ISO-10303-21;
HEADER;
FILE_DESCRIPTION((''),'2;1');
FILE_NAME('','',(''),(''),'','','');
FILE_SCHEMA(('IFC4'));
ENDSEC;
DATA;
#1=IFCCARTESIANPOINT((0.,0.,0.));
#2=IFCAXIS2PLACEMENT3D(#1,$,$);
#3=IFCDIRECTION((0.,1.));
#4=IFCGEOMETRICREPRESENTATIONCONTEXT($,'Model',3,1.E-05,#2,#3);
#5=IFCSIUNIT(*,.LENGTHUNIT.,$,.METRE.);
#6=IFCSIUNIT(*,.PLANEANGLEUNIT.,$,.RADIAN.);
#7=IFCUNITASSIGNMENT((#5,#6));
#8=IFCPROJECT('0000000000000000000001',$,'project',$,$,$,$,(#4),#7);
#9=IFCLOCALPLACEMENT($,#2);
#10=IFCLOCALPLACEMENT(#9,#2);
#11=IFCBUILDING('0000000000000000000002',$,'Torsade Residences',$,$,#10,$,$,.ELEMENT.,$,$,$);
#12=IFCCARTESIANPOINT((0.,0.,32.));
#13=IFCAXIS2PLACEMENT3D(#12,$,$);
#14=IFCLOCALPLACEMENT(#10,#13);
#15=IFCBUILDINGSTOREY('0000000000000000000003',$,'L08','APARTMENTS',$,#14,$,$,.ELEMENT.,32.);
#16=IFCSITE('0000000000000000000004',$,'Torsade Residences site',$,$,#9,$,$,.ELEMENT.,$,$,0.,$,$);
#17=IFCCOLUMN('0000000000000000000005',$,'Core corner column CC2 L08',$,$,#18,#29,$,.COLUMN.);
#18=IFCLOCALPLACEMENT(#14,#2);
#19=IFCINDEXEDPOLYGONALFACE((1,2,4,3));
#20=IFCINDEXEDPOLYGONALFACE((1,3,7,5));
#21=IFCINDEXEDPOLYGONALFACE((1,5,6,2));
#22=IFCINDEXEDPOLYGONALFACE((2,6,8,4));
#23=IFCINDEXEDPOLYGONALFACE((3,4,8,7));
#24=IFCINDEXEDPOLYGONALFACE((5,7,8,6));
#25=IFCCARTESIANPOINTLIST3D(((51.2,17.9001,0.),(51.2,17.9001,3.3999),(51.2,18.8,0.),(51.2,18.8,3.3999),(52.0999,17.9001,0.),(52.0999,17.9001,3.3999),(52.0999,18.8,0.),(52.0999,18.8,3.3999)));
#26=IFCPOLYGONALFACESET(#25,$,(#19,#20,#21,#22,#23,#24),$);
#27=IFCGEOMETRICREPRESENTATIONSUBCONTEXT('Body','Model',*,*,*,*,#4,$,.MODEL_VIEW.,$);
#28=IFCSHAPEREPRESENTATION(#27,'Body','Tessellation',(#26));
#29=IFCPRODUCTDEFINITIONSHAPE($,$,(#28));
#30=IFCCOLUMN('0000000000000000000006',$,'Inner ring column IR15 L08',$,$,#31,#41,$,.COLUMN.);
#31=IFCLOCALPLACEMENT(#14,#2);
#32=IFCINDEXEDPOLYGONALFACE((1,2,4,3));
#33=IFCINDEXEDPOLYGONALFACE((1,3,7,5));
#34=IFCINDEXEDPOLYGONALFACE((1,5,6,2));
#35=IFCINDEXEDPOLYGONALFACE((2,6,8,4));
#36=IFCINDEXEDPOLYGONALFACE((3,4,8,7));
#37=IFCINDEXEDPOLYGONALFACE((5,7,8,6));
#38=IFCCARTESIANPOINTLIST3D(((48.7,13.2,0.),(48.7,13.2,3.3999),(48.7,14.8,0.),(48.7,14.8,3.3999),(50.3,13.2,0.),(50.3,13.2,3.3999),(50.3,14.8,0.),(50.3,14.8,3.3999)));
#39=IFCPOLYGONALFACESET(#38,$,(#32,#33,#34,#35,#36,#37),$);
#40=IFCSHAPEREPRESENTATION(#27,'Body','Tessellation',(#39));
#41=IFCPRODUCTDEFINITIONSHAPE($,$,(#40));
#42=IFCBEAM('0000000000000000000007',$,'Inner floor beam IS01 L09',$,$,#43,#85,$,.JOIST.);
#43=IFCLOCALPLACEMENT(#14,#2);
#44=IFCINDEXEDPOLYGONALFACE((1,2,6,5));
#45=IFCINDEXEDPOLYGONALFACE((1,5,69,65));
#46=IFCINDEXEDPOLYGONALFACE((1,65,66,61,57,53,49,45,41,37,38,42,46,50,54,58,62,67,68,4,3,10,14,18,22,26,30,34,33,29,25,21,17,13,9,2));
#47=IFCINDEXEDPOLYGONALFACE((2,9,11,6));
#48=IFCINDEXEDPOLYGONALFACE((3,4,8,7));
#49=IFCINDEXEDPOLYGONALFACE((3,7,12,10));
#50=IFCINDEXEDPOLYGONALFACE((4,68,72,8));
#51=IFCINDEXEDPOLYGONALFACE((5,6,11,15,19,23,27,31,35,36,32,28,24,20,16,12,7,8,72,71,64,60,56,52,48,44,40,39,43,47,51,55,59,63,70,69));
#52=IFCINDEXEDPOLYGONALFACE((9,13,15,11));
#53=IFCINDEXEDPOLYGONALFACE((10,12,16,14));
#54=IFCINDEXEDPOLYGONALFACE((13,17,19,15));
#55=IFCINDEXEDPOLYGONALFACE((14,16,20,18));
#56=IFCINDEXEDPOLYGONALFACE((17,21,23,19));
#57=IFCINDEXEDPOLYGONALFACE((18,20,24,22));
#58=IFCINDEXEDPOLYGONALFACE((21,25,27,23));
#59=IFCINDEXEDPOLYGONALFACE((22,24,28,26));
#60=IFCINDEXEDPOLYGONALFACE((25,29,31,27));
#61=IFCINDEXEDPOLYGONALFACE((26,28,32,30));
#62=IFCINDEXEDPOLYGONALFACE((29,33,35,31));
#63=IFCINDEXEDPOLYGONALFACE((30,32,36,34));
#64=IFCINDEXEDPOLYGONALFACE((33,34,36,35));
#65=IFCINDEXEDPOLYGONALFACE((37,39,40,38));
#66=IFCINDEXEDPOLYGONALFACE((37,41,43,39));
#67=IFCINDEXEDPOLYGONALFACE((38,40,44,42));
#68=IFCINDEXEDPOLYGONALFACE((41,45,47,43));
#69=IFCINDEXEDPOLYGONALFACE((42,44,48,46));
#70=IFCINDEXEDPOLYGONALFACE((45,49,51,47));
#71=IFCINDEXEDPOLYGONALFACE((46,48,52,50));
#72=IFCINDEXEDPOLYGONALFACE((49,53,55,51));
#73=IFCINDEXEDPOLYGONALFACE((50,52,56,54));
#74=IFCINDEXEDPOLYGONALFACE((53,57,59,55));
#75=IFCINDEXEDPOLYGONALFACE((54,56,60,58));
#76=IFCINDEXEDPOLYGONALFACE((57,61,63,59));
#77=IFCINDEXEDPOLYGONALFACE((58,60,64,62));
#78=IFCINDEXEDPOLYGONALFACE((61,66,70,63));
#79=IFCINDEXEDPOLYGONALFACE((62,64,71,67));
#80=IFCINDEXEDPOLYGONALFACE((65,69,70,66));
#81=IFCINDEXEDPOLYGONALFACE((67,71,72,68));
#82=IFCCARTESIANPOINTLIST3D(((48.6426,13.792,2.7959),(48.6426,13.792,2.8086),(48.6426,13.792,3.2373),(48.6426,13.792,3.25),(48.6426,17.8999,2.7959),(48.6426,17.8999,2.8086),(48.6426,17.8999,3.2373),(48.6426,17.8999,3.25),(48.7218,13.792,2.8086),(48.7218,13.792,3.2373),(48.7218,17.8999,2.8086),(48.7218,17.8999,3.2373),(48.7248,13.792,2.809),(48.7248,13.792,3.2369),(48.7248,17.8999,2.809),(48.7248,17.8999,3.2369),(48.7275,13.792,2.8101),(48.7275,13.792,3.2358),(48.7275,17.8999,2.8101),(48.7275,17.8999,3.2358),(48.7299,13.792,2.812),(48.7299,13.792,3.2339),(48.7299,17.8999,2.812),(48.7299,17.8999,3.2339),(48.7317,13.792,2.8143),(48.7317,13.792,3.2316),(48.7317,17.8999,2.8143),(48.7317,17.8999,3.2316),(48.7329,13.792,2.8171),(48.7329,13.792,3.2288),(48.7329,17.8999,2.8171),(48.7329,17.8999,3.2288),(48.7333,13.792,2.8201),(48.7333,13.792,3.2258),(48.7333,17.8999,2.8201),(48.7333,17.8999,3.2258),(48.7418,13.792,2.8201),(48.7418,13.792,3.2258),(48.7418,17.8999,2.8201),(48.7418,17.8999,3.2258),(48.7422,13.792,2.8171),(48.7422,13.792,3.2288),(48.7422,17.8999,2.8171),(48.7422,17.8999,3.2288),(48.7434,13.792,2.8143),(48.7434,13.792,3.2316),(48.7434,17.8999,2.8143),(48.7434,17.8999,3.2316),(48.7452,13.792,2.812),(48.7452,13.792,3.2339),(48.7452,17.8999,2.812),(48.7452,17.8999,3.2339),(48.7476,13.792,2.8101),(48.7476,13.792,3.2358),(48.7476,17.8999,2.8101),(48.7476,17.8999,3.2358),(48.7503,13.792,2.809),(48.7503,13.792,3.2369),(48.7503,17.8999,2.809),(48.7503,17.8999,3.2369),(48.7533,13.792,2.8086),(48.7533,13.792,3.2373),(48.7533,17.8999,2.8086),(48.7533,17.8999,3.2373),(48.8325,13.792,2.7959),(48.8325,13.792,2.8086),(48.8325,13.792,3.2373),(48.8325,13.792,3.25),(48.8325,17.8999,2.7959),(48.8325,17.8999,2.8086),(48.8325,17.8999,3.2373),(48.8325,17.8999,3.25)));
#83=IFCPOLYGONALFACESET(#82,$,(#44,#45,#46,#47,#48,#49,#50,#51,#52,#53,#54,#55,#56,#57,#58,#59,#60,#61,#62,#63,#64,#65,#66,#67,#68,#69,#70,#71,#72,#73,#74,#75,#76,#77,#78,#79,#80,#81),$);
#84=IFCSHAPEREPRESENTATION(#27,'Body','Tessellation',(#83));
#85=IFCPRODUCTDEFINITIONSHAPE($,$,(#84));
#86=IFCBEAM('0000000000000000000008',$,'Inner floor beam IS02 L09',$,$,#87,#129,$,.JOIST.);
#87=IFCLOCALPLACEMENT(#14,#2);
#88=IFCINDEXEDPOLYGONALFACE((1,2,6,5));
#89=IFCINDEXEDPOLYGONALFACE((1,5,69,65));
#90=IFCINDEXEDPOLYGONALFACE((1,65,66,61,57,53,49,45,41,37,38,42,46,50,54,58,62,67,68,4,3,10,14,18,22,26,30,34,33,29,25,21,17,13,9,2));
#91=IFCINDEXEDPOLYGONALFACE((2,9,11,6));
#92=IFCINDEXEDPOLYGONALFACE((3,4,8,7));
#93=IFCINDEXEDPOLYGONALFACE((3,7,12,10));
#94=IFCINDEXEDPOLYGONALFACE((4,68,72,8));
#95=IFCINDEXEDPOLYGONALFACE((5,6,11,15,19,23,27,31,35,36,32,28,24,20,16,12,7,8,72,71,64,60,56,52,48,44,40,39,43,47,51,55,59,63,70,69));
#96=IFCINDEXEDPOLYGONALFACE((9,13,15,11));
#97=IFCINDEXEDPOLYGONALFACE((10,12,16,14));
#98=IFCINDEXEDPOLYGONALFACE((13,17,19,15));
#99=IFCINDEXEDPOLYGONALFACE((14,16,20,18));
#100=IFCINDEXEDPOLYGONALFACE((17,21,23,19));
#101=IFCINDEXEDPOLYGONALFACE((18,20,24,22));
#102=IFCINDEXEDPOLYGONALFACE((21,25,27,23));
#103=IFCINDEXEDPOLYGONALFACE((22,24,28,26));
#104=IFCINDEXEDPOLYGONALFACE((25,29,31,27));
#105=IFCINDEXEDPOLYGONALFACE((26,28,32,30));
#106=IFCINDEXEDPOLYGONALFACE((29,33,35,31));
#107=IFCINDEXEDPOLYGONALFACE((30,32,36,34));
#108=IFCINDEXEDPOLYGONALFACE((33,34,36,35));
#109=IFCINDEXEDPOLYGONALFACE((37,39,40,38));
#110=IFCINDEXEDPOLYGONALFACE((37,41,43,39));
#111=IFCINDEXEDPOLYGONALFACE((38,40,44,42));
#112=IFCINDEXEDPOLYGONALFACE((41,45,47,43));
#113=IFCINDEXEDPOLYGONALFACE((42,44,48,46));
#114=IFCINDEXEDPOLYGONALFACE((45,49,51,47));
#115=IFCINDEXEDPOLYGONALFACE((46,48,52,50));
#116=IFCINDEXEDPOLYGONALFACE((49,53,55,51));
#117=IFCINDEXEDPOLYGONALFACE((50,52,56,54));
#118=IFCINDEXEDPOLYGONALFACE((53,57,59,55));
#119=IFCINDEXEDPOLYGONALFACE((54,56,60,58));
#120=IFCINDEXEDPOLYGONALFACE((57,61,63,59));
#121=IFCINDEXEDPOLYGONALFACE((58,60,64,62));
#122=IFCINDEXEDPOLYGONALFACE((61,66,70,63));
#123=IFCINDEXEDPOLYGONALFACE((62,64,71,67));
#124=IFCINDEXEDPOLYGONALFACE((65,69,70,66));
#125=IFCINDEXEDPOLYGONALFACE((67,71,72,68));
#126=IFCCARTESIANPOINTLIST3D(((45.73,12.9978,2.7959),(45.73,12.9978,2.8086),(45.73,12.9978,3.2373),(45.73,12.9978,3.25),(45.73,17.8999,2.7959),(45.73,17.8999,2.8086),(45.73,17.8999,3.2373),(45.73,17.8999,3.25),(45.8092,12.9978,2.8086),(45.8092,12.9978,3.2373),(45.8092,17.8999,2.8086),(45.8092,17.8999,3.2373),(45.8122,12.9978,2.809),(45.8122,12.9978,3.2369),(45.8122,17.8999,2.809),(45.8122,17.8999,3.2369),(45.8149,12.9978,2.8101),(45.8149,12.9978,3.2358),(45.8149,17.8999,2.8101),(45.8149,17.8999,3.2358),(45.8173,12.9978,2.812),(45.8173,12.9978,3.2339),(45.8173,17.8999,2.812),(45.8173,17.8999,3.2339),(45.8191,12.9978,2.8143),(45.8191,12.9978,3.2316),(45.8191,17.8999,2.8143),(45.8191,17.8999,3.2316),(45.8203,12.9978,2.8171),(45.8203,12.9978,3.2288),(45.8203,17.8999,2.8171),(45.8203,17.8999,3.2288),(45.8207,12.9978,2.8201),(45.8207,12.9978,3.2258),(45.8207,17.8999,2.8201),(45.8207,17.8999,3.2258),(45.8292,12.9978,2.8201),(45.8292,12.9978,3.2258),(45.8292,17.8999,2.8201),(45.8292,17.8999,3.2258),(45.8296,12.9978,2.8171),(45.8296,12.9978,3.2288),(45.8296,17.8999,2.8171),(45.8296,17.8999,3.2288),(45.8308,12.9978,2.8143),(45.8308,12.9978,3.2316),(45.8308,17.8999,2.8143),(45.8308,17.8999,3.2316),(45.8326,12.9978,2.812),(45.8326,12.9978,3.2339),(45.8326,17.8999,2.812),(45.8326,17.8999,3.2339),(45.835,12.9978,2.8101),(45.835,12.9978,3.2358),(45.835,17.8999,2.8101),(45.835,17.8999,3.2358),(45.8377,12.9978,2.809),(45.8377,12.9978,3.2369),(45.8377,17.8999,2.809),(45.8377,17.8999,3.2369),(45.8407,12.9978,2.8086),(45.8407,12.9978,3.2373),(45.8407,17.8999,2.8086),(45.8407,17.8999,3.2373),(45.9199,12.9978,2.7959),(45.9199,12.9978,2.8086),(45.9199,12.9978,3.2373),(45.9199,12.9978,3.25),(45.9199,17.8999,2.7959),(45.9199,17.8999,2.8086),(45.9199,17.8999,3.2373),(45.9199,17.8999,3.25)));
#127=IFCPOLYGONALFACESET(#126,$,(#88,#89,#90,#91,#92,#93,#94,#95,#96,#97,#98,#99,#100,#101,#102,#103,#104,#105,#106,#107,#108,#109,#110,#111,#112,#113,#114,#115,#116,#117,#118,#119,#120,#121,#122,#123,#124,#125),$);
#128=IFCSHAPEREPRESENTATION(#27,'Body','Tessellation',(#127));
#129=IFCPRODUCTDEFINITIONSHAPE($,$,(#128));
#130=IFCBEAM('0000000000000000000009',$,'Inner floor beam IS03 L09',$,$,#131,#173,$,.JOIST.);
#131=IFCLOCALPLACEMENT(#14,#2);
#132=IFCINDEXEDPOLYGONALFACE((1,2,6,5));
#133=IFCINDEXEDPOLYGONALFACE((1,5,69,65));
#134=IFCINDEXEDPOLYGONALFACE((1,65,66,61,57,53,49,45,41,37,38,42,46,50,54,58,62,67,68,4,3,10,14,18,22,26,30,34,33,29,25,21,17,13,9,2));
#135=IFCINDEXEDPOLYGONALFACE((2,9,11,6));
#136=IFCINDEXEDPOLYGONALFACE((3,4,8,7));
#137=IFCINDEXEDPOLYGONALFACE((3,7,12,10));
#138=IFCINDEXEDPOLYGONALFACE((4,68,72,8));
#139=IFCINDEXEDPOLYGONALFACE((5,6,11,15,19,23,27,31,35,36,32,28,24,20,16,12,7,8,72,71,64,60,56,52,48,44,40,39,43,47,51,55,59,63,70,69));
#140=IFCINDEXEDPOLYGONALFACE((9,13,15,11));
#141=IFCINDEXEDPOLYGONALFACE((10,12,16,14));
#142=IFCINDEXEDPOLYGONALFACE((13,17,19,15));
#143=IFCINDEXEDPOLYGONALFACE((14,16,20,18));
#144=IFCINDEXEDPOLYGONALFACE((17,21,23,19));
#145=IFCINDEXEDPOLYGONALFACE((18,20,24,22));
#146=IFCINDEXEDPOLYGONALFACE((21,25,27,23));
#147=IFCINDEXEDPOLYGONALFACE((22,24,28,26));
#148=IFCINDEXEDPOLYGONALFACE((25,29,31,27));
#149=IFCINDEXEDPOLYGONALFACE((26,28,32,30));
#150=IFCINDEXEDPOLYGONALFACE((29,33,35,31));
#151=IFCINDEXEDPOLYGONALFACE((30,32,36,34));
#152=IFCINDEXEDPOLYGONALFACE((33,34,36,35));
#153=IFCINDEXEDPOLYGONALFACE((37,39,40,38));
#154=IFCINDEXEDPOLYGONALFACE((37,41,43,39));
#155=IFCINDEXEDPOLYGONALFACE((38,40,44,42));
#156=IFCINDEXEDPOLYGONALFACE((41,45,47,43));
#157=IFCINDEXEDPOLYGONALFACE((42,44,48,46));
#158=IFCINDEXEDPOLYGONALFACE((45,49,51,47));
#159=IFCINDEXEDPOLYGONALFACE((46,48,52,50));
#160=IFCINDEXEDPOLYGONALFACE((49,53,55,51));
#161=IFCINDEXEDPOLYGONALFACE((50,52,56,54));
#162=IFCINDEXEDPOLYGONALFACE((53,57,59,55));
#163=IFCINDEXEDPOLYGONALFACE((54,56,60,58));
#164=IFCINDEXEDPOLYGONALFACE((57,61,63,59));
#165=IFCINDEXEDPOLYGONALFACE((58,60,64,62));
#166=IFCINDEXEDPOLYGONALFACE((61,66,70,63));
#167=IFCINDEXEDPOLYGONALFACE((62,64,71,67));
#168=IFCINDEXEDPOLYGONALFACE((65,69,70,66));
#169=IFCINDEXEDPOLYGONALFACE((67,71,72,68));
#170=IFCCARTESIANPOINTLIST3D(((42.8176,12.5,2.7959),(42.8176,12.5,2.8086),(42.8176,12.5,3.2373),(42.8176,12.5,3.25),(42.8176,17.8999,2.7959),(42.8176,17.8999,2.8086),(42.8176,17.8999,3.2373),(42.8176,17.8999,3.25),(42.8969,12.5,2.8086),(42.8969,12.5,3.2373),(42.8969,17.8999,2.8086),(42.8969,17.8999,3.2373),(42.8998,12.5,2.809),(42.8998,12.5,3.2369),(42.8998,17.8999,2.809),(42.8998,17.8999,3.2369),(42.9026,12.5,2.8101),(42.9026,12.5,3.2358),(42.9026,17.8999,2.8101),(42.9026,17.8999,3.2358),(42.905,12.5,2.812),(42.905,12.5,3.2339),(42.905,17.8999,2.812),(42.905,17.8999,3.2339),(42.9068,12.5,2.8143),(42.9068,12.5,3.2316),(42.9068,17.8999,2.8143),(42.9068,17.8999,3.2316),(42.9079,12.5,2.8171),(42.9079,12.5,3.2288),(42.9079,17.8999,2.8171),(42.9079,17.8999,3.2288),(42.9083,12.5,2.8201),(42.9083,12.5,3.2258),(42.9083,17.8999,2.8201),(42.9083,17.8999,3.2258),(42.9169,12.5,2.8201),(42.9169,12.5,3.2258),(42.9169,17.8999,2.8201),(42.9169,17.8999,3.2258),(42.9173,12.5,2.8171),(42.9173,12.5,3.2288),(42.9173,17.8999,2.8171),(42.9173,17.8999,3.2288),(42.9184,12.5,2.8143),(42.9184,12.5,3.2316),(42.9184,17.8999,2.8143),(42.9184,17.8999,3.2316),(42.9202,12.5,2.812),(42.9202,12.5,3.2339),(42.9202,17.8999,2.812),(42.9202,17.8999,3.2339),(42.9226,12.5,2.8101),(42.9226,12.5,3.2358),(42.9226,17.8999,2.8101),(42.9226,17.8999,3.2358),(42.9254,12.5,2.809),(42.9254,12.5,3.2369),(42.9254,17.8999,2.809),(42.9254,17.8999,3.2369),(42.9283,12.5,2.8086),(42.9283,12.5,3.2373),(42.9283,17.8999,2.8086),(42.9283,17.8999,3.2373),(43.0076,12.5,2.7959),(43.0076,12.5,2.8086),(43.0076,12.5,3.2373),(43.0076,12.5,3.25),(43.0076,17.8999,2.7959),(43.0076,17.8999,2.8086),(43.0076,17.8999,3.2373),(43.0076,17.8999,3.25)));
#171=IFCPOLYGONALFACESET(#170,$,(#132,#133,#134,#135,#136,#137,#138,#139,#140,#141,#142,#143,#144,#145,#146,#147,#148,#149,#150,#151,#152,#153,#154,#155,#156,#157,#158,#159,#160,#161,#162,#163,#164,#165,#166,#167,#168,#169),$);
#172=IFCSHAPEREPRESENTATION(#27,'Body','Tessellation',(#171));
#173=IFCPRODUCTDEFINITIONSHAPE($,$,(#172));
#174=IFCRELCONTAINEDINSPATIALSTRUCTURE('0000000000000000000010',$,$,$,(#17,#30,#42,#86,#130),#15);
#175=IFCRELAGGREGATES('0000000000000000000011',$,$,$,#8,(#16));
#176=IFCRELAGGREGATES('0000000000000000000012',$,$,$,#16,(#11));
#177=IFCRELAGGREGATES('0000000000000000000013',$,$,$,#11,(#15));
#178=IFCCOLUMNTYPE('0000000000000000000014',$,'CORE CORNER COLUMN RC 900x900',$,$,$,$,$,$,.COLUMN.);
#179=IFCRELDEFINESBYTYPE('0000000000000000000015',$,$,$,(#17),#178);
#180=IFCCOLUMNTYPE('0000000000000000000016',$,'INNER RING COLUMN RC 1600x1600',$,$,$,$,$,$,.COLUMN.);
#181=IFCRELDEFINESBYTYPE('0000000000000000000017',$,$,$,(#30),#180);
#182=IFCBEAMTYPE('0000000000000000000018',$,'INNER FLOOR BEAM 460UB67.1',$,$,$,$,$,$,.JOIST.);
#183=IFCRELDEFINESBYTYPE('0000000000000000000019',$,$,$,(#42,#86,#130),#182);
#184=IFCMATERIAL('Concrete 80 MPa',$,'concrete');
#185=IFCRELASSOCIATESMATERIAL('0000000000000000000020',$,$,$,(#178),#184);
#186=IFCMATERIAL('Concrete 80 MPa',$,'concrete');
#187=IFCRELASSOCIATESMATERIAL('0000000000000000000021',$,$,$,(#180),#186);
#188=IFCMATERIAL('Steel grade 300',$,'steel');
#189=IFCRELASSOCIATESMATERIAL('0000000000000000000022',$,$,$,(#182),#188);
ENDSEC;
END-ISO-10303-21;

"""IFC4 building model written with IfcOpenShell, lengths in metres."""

from ifc_helpers import new_model, si_unit, direction, frame, origin, origin_2d, place, context, subcontext, project, spatial, rectangle, i_section, extrude, material, material_profile, profile_set, type_object, element, save


model = new_model("IFC4")

# Units and contexts
model_context = context("Model", 3, precision=1e-05, world=origin(), true_north=direction((0.0, 1.0)))
body_context = subcontext(model_context, "Body", "Model", "MODEL_VIEW")
ifc_project = project(units=[si_unit("LENGTHUNIT", "METRE"), si_unit("PLANEANGLEUNIT", "RADIAN")], contexts=[model_context])

# Site, building, storey
site_placement = place(None, origin())
site = spatial("IfcSite", under=ifc_project, at=site_placement, Name="Torsade Residences site", CompositionType="ELEMENT", RefElevation=0.0)
building_placement = place(site_placement, origin())
building = spatial("IfcBuilding", under=site, at=building_placement, Name="Torsade Residences", CompositionType="ELEMENT")
storey_placement = place(building_placement, frame((0.0, 0.0, 32.0)))
storey = spatial("IfcBuildingStorey", under=building, at=storey_placement, Name="L08", Description="APARTMENTS", CompositionType="ELEMENT", Elevation=32.0)

# Columns
ifc_material_1 = material(Name="Concrete 80 MPa", Category="concrete")
ifc_material_profile_1 = material_profile(ifc_material_1, rectangle(XDim=0.8999, YDim=0.8999, at=origin_2d()), Name="RC 900x900")
ifc_profile_set_1 = profile_set([ifc_material_profile_1], Name="Concrete 80 MPa")
column_type_1 = type_object("IfcColumnType", Name="CORE CORNER COLUMN RC 900x900", PredefinedType="COLUMN", material=ifc_profile_set_1)
column_1_placement = place(storey_placement, frame((51.6499, 18.3501, 0.0), z_axis=(0.0, 0.0, 1.0), x_axis=(1.0, 0.0, 0.0)))
element("IfcColumn", 1, at=column_1_placement, inside=storey, type_object=column_type_1, Name="Core corner column CC2 L08", PredefinedType="COLUMN", context=body_context, shape_type="SweptSolid", body=[
    extrude(rectangle(XDim=0.8999, YDim=0.8999, at=origin_2d()), origin(), (0.0, 0.0, 1.0), 3.3999),
])
ifc_material_2 = material(Name="Concrete 80 MPa", Category="concrete")
ifc_material_profile_2 = material_profile(ifc_material_2, rectangle(XDim=1.6001, YDim=1.6001, at=origin_2d()), Name="RC 1600x1600")
ifc_profile_set_2 = profile_set([ifc_material_profile_2], Name="Concrete 80 MPa")
column_type_2 = type_object("IfcColumnType", Name="INNER RING COLUMN RC 1600x1600", PredefinedType="COLUMN", material=ifc_profile_set_2)
column_2_placement = place(storey_placement, frame((49.5, 14.0, 0.0), z_axis=(0.0, 0.0, 1.0), x_axis=(1.0, 0.0, 0.0)))
element("IfcColumn", 2, at=column_2_placement, inside=storey, type_object=column_type_2, Name="Inner ring column IR15 L08", PredefinedType="COLUMN", context=body_context, shape_type="SweptSolid", body=[
    extrude(rectangle(XDim=1.6001, YDim=1.6001, at=origin_2d()), origin(), (0.0, 0.0, 1.0), 3.3999),
])

# Beams
ifc_material_3 = material(Name="Steel grade 300", Category="steel")
ifc_material_profile_3 = material_profile(ifc_material_3, i_section(OverallWidth=0.1899, OverallDepth=0.4541, WebThickness=0.0085, FlangeThickness=0.0127, FilletRadius=0.0115, at=origin_2d()), Name="460UB67.1")
ifc_profile_set_3 = profile_set([ifc_material_profile_3], Name="Steel grade 300")
beam_type_1 = type_object("IfcBeamType", Name="INNER FLOOR BEAM 460UB67.1", PredefinedType="JOIST", material=ifc_profile_set_3)
beam_1_placement = place(storey_placement, frame((48.7375, 17.8999, 3.0229), z_axis=(0.0, -1.0, 0.0), x_axis=(1.0, 0.0, 0.0)))
element("IfcBeam", 3, at=beam_1_placement, inside=storey, type_object=beam_type_1, Name="Inner floor beam IS01 L09", PredefinedType="JOIST", context=body_context, shape_type="SweptSolid", body=[
    extrude(i_section(OverallWidth=0.1899, OverallDepth=0.4541, WebThickness=0.0085, FlangeThickness=0.0127, FilletRadius=0.0115, at=origin_2d()), origin(), (0.0, 0.0, 1.0), 4.1079),
])
beam_2_placement = place(storey_placement, frame((45.825, 17.8999, 3.0229), z_axis=(0.0, -1.0, 0.0), x_axis=(1.0, 0.0, 0.0)))
element("IfcBeam", 4, at=beam_2_placement, inside=storey, type_object=beam_type_1, Name="Inner floor beam IS02 L09", PredefinedType="JOIST", context=body_context, shape_type="SweptSolid", body=[
    extrude(i_section(OverallWidth=0.1899, OverallDepth=0.4541, WebThickness=0.0085, FlangeThickness=0.0127, FilletRadius=0.0115, at=origin_2d()), origin(), (0.0, 0.0, 1.0), 4.9021),
])
for number, where, z_axis, x_axis, name in (
    (5, (42.9126, 17.8999, 3.0229), (0.0, -1.0, 0.0), (1.0, 0.0, 0.0), "Inner floor beam IS03 L09"),
):
    element("IfcBeam", number, at=place(storey_placement, frame(where, z_axis=z_axis, x_axis=x_axis)), inside=storey, type_object=beam_type_1, Name=name, PredefinedType="JOIST", context=body_context, shape_type="SweptSolid", body=[
        extrude(i_section(OverallWidth=0.1899, OverallDepth=0.4541, WebThickness=0.0085, FlangeThickness=0.0127, FilletRadius=0.0115, at=origin_2d()), origin(), (0.0, 0.0, 1.0), 5.3999),
    ])

save(model, "model.ifc")
